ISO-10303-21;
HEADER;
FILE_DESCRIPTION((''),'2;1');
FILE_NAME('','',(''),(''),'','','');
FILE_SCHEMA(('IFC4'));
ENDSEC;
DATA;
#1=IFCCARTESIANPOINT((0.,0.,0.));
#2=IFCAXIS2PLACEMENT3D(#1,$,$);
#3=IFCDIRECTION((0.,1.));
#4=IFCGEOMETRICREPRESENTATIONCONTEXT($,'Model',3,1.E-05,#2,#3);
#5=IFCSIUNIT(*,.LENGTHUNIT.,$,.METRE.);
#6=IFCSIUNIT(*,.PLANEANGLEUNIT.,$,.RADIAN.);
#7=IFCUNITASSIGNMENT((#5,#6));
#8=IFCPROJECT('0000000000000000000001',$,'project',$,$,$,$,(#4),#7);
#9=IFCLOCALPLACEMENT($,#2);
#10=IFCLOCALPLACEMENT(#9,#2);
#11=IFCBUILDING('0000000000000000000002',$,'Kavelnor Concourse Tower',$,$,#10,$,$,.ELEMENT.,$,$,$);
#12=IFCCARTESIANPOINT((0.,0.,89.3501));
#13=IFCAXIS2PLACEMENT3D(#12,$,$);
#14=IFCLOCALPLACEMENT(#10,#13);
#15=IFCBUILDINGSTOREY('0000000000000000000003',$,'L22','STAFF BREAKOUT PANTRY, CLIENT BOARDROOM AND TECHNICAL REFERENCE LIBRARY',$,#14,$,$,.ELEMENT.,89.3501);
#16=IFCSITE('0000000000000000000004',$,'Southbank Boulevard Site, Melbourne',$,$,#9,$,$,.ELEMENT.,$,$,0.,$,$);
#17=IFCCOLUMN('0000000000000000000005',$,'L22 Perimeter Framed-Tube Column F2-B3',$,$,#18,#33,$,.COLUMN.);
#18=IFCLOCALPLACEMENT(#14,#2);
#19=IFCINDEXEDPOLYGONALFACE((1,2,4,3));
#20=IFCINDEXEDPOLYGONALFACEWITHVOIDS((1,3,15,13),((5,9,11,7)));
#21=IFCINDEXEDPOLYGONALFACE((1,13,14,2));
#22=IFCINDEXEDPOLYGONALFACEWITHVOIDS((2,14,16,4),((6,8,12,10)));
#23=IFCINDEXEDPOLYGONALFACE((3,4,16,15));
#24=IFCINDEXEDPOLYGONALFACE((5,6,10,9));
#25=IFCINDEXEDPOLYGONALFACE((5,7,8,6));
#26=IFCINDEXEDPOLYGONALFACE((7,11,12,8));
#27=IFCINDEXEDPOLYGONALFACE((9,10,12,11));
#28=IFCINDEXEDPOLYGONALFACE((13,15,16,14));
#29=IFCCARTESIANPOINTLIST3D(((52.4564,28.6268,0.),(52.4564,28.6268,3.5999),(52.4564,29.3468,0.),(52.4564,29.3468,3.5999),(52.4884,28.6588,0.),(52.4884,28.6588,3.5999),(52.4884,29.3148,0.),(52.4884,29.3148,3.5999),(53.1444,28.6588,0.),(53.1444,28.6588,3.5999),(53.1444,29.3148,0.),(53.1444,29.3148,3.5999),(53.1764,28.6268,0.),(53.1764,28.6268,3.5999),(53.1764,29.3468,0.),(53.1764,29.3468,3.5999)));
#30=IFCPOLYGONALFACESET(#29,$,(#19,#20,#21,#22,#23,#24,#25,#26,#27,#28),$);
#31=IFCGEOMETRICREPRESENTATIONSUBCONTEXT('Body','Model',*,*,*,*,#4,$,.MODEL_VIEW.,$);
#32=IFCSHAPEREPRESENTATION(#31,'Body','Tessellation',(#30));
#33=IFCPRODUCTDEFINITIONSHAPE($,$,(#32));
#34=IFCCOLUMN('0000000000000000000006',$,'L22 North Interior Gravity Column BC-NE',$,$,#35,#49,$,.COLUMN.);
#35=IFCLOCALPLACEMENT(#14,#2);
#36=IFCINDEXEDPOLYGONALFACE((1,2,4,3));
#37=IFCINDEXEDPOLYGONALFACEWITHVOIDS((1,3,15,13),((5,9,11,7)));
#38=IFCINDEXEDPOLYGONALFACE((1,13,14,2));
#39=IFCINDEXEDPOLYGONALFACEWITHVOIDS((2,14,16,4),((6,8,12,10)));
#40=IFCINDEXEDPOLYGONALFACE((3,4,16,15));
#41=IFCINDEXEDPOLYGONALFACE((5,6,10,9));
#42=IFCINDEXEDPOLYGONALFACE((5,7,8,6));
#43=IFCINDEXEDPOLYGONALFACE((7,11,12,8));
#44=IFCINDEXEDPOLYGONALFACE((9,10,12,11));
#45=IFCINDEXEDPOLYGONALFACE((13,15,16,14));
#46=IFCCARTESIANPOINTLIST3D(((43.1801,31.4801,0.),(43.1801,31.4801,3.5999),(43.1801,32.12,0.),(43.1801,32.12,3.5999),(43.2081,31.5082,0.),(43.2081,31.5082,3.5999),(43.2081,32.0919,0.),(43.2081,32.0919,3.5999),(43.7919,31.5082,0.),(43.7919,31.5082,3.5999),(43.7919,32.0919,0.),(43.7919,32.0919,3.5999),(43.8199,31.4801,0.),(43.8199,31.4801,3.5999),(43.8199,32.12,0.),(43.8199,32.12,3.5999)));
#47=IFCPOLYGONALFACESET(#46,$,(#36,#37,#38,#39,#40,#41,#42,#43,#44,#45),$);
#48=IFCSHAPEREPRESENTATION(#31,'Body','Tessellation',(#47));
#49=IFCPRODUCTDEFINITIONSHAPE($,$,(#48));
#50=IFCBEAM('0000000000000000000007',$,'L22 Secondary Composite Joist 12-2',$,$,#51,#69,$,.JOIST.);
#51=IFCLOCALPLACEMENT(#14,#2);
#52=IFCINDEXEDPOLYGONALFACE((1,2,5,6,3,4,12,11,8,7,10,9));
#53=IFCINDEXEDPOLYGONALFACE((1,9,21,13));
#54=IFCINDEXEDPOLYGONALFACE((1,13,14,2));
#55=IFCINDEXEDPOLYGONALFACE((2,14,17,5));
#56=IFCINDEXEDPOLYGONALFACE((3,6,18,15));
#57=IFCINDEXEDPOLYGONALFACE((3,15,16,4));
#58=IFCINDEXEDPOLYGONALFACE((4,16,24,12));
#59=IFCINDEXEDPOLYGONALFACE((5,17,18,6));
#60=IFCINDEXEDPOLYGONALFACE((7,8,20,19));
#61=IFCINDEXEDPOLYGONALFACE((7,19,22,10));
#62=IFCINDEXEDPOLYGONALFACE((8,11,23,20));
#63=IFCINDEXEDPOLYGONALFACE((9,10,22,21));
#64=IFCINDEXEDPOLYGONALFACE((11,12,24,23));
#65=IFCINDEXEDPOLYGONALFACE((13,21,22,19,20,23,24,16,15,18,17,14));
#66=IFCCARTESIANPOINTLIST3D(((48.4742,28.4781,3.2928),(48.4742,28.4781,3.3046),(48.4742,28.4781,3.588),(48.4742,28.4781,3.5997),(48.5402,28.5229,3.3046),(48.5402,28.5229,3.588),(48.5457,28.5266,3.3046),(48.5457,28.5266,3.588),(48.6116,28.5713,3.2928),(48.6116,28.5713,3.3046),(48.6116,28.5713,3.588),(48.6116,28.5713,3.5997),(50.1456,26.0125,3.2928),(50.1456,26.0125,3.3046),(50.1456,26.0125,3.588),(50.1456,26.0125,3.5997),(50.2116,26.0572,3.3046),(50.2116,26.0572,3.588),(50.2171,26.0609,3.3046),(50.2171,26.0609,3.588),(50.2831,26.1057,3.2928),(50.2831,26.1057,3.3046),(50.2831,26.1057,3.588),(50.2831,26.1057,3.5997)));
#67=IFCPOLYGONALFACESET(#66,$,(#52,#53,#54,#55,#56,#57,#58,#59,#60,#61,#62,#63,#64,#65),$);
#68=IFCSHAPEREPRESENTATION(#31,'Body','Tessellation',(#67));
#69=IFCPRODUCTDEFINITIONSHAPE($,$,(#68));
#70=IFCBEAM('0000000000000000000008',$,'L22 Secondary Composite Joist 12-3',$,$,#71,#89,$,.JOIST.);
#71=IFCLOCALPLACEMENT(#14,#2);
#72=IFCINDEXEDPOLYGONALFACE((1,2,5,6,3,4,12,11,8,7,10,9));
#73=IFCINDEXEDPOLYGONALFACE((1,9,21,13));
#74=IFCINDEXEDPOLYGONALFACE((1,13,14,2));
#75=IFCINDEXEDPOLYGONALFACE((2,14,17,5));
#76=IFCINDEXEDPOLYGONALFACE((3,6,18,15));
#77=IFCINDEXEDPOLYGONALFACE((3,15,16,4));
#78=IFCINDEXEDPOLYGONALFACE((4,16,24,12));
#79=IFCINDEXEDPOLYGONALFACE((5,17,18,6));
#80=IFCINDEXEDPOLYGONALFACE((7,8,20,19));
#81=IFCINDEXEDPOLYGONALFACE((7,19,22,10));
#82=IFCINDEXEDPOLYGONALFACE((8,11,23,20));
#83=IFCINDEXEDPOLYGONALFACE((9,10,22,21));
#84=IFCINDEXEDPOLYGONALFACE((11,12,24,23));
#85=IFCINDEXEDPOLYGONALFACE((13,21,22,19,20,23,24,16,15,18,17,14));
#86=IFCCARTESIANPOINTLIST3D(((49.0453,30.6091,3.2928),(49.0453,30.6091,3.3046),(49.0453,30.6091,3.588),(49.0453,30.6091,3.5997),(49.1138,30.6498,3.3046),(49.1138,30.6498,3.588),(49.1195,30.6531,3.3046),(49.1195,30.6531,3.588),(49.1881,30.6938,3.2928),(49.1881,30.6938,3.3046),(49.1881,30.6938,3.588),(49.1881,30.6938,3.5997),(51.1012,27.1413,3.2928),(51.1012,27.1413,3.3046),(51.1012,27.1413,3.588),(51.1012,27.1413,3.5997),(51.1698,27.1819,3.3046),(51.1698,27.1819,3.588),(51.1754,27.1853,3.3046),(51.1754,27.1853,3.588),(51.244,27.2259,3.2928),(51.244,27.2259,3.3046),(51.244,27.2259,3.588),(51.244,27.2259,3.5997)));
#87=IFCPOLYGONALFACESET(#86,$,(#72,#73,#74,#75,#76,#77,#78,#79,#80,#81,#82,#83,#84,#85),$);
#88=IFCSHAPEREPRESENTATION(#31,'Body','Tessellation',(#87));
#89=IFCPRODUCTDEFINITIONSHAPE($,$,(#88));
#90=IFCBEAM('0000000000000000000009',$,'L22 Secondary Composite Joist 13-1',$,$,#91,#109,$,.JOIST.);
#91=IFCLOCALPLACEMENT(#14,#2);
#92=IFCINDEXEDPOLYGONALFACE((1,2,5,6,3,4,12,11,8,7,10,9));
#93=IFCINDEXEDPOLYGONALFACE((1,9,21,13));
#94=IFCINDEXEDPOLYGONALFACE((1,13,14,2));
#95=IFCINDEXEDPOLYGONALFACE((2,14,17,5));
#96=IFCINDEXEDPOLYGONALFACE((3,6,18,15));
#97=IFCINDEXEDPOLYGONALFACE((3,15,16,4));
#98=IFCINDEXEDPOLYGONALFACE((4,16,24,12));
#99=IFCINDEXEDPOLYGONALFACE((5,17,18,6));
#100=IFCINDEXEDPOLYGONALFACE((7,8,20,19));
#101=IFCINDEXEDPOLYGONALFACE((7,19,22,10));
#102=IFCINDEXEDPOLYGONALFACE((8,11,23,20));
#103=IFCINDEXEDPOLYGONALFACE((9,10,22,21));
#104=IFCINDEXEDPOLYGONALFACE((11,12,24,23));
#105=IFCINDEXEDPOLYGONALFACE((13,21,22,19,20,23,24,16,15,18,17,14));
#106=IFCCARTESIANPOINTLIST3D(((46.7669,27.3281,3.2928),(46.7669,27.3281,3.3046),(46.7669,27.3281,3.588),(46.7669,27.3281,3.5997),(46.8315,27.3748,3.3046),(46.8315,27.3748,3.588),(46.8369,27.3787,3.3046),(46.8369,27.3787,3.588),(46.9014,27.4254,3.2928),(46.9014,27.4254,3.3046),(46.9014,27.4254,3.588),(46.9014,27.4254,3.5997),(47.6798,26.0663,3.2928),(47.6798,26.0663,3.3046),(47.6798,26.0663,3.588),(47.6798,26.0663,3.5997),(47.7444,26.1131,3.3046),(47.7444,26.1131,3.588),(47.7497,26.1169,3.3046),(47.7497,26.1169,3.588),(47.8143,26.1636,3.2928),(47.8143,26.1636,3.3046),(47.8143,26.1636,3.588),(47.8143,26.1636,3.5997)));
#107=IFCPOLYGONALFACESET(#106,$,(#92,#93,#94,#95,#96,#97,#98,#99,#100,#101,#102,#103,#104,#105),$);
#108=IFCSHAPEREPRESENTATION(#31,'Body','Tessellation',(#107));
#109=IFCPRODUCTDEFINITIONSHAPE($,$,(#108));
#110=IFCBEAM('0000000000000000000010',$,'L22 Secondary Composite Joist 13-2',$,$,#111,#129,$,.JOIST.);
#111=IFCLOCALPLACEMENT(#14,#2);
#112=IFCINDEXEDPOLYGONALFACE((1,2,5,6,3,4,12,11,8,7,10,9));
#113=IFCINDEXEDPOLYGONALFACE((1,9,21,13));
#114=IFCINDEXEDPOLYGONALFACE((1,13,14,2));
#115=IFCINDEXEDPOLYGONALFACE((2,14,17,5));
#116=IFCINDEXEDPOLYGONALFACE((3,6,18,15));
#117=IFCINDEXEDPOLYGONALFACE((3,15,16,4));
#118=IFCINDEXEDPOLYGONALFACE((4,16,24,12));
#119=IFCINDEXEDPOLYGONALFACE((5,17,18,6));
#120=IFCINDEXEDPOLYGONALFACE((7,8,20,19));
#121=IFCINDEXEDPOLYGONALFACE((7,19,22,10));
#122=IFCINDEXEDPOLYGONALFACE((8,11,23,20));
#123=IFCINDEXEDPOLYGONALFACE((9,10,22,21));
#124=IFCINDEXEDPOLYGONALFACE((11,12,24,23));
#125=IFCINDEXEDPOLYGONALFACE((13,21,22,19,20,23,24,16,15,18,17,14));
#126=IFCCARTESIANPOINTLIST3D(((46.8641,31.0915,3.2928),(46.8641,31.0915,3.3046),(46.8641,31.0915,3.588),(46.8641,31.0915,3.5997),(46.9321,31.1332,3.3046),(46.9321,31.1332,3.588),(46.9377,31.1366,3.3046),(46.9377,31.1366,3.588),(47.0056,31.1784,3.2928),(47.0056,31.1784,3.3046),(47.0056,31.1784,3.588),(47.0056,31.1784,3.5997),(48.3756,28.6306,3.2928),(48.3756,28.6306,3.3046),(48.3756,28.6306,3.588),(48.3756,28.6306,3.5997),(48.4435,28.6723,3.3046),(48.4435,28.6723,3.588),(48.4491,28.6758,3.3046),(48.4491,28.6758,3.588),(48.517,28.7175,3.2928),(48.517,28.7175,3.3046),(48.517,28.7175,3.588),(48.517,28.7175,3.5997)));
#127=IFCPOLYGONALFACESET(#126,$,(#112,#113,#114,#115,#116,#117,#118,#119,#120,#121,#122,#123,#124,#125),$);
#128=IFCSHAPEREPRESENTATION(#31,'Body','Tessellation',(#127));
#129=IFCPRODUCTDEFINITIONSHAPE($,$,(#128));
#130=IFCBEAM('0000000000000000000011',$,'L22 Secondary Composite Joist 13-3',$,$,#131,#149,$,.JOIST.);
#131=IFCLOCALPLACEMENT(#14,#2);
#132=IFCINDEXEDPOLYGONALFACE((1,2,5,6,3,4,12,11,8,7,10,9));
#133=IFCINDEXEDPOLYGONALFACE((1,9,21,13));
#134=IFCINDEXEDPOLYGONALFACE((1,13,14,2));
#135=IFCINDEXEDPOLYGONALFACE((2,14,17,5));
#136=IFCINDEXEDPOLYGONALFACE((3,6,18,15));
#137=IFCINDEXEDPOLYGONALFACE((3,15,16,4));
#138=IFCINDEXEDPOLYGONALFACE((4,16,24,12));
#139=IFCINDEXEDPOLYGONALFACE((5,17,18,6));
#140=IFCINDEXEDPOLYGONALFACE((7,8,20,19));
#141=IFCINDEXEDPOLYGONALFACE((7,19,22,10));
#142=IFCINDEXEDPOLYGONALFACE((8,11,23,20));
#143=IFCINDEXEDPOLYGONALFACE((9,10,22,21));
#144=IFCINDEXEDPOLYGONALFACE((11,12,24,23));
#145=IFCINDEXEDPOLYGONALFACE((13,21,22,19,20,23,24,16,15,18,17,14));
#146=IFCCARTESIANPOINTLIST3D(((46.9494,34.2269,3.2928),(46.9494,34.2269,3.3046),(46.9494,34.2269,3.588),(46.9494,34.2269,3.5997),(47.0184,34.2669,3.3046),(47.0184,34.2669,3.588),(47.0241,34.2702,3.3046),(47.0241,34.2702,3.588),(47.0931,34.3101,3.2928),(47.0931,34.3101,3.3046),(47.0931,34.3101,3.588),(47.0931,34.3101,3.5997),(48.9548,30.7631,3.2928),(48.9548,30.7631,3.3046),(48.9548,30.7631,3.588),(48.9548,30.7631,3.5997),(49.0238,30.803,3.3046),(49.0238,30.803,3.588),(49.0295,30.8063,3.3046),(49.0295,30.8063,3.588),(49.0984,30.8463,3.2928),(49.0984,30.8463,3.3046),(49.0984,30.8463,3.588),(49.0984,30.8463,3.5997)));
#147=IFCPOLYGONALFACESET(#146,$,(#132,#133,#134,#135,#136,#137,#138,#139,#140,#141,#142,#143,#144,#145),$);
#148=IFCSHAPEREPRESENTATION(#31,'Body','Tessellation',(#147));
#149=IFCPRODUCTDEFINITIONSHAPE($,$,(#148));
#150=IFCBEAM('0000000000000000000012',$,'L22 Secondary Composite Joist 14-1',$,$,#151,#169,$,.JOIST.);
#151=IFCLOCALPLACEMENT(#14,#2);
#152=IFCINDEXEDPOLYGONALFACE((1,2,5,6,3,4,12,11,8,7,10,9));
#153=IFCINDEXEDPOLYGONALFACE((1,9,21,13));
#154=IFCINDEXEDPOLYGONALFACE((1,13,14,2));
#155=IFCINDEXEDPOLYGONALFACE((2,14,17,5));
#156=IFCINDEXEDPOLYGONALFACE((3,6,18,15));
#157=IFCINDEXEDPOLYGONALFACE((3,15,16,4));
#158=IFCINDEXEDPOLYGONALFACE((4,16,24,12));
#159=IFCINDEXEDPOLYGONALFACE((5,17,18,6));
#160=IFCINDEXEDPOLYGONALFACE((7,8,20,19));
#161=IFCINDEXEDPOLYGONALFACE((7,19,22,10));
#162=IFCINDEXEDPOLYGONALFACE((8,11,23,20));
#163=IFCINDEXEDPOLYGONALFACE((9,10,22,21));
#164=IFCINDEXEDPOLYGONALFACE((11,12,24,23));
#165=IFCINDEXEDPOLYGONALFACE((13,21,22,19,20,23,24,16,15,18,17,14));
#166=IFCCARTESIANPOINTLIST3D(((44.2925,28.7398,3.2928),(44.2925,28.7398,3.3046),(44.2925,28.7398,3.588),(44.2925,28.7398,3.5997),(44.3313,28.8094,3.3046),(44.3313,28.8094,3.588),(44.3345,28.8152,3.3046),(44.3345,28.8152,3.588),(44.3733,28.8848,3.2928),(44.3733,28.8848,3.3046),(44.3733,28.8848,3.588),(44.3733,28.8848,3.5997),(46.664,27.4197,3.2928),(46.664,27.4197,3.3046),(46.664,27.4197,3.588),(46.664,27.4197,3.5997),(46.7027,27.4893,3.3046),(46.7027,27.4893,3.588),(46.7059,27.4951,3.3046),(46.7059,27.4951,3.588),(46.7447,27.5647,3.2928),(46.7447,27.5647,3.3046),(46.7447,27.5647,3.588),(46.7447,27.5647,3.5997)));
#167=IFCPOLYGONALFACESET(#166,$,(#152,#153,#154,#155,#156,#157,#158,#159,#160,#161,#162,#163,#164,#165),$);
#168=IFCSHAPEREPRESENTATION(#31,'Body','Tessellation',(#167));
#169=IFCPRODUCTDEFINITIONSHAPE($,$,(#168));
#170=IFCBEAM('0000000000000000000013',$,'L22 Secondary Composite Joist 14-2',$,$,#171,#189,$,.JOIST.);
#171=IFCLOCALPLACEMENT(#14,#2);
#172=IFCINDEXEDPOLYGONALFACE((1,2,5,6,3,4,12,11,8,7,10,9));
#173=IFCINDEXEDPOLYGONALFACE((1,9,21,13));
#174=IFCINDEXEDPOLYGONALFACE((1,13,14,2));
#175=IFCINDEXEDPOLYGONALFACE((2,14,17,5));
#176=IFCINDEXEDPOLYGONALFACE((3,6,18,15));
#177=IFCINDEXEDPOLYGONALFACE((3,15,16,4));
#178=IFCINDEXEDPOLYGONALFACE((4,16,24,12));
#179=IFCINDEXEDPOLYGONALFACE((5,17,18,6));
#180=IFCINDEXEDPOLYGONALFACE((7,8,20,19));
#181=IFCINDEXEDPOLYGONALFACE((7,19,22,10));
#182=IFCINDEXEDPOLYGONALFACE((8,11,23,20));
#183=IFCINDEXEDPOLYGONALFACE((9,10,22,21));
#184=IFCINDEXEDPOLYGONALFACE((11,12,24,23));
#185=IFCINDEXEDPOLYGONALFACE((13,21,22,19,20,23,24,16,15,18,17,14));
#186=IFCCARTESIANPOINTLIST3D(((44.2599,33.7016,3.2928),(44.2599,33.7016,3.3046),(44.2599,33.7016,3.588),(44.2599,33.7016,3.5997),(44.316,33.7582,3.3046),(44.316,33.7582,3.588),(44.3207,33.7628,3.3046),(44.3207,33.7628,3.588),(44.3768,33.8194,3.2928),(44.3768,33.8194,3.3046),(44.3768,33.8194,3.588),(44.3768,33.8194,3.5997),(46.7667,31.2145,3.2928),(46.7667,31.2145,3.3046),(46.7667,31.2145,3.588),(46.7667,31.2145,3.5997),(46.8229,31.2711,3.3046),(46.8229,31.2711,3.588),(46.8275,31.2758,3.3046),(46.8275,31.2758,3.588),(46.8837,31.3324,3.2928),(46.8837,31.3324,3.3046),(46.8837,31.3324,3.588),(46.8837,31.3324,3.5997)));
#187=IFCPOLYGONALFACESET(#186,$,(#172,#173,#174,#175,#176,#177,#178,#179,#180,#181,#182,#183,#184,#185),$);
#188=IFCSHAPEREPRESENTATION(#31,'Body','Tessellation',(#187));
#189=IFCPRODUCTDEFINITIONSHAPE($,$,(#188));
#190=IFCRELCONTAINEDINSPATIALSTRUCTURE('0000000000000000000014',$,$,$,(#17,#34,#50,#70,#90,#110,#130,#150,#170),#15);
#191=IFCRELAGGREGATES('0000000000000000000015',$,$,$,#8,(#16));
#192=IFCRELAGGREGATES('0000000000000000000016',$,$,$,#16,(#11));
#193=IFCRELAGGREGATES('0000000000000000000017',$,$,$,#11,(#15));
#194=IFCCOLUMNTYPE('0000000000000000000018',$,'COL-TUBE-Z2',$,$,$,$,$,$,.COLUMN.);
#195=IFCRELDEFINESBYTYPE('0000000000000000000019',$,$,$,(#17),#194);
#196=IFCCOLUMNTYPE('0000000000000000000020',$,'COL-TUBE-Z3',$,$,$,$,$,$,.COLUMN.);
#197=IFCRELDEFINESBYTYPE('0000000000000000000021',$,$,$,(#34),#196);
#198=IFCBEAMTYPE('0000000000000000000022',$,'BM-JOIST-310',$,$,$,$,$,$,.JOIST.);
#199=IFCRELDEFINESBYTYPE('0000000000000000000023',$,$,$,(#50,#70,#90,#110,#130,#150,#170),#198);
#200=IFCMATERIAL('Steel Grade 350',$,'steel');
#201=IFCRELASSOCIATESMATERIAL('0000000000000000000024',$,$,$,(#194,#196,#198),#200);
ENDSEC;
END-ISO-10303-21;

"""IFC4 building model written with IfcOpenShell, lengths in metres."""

from ifc_helpers import new_model, si_unit, direction, frame, origin, origin_2d, place, context, subcontext, project, spatial, hollow_rectangle, i_section, extrude, material, material_profile, profile_set, type_object, element, save


model = new_model("IFC4")

# Units and contexts
model_context = context("Model", 3, precision=1e-05, world=origin(), true_north=direction((0.0, 1.0)))
body_context = subcontext(model_context, "Body", "Model", "MODEL_VIEW")
ifc_project = project(units=[si_unit("LENGTHUNIT", "METRE"), si_unit("PLANEANGLEUNIT", "RADIAN")], contexts=[model_context])

# Site, building, storey
site_placement = place(None, origin())
site = spatial("IfcSite", under=ifc_project, at=site_placement, Name="Southbank Boulevard Site, Melbourne", CompositionType="ELEMENT", RefElevation=0.0)
building_placement = place(site_placement, origin())
building = spatial("IfcBuilding", under=site, at=building_placement, Name="Kavelnor Concourse Tower", CompositionType="ELEMENT")
storey_placement = place(building_placement, frame((0.0, 0.0, 89.3501)))
storey = spatial("IfcBuildingStorey", under=building, at=storey_placement, Name="L22", Description="STAFF BREAKOUT PANTRY, CLIENT BOARDROOM AND TECHNICAL REFERENCE LIBRARY", CompositionType="ELEMENT", Elevation=89.3501)

# Columns
ifc_material_1 = material(Name="Steel Grade 350", Category="steel")
ifc_material_profile_1 = material_profile(ifc_material_1, hollow_rectangle(XDim=0.72, YDim=0.72, WallThickness=0.032, at=origin_2d()), Name="SHS 720x720x32")
ifc_profile_set_1 = profile_set([ifc_material_profile_1], Name="Steel Grade 350")
column_type_1 = type_object("IfcColumnType", Name="COL-TUBE-Z2", PredefinedType="COLUMN", material=ifc_profile_set_1)
column_1_placement = place(storey_placement, frame((52.8164, 28.9868, 0.0), z_axis=(0.0, 0.0, 1.0), x_axis=(1.0, 0.0, 0.0)))
element("IfcColumn", 1, at=column_1_placement, inside=storey, type_object=column_type_1, Name="L22 Perimeter Framed-Tube Column F2-B3", PredefinedType="COLUMN", context=body_context, shape_type="SweptSolid", body=[
    extrude(hollow_rectangle(XDim=0.72, YDim=0.72, WallThickness=0.032, at=origin_2d()), origin(), (0.0, 0.0, 1.0), 3.5999),
])
ifc_material_profile_2 = material_profile(ifc_material_1, hollow_rectangle(XDim=0.6399, YDim=0.6399, WallThickness=0.0281, at=origin_2d()), Name="SHS 640x640x28")
ifc_profile_set_2 = profile_set([ifc_material_profile_2], Name="Steel Grade 350")
column_type_2 = type_object("IfcColumnType", Name="COL-TUBE-Z3", PredefinedType="COLUMN", material=ifc_profile_set_2)
column_2_placement = place(storey_placement, frame((43.5, 31.8, 0.0), z_axis=(0.0, 0.0, 1.0), x_axis=(1.0, 0.0, 0.0)))
element("IfcColumn", 2, at=column_2_placement, inside=storey, type_object=column_type_2, Name="L22 North Interior Gravity Column BC-NE", PredefinedType="COLUMN", context=body_context, shape_type="SweptSolid", body=[
    extrude(hollow_rectangle(XDim=0.6399, YDim=0.6399, WallThickness=0.0281, at=origin_2d()), origin(), (0.0, 0.0, 1.0), 3.5999),
])

# Beams
ifc_material_profile_3 = material_profile(ifc_material_1, i_section(OverallWidth=0.166, OverallDepth=0.3069, WebThickness=0.0066, FlangeThickness=0.0117, at=origin_2d()), Name="310UB46")
ifc_profile_set_3 = profile_set([ifc_material_profile_3], Name="Steel Grade 350")
beam_type_1 = type_object("IfcBeamType", Name="BM-JOIST-310", PredefinedType="JOIST", material=ifc_profile_set_3)
beam_1_placement = place(storey_placement, frame((50.2144, 26.0591, 3.4463), z_axis=(-0.561115, 0.827738, 0.0), x_axis=(-0.827738, -0.561115, 0.0)))
element("IfcBeam", 3, at=beam_1_placement, inside=storey, type_object=beam_type_1, Name="L22 Secondary Composite Joist 12-2", PredefinedType="JOIST", context=body_context, shape_type="SweptSolid", body=[
    extrude(i_section(OverallWidth=0.166, OverallDepth=0.3069, WebThickness=0.0066, FlangeThickness=0.0117, at=origin_2d()), origin(), (0.0, 0.0, 1.0), 2.9788),
])
beam_2_placement = place(storey_placement, frame((51.1726, 27.1836, 3.4463), z_axis=(-0.509973, 0.86019, 0.0), x_axis=(-0.86019, -0.509973, 0.0)))
element("IfcBeam", 4, at=beam_2_placement, inside=storey, type_object=beam_type_1, Name="L22 Secondary Composite Joist 12-3", PredefinedType="JOIST", context=body_context, shape_type="SweptSolid", body=[
    extrude(i_section(OverallWidth=0.166, OverallDepth=0.3069, WebThickness=0.0066, FlangeThickness=0.0117, at=origin_2d()), origin(), (0.0, 0.0, 1.0), 4.0315),
])
beam_3_placement = place(storey_placement, frame((47.7471, 26.115, 3.4463), z_axis=(-0.586166, 0.810191, 0.0), x_axis=(-0.810191, -0.586166, 0.0)))
element("IfcBeam", 5, at=beam_3_placement, inside=storey, type_object=beam_type_1, Name="L22 Secondary Composite Joist 13-1", PredefinedType="JOIST", context=body_context, shape_type="SweptSolid", body=[
    extrude(i_section(OverallWidth=0.166, OverallDepth=0.3069, WebThickness=0.0066, FlangeThickness=0.0117, at=origin_2d()), origin(), (0.0, 0.0, 1.0), 1.5574),
])
beam_4_placement = place(storey_placement, frame((48.4463, 28.6741, 3.4463), z_axis=(-0.523357, 0.852114, 0.0), x_axis=(-0.852114, -0.523357, 0.0)))
element("IfcBeam", 6, at=beam_4_placement, inside=storey, type_object=beam_type_1, Name="L22 Secondary Composite Joist 13-2", PredefinedType="JOIST", context=body_context, shape_type="SweptSolid", body=[
    extrude(i_section(OverallWidth=0.166, OverallDepth=0.3069, WebThickness=0.0066, FlangeThickness=0.0117, at=origin_2d()), origin(), (0.0, 0.0, 1.0), 2.8879),
])
beam_5_placement = place(storey_placement, frame((49.0266, 30.8047, 3.4463), z_axis=(-0.501031, 0.865429, 0.0), x_axis=(-0.865429, -0.501031, 0.0)))
element("IfcBeam", 7, at=beam_5_placement, inside=storey, type_object=beam_type_1, Name="L22 Secondary Composite Joist 13-3", PredefinedType="JOIST", context=body_context, shape_type="SweptSolid", body=[
    extrude(i_section(OverallWidth=0.166, OverallDepth=0.3069, WebThickness=0.0066, FlangeThickness=0.0117, at=origin_2d()), origin(), (0.0, 0.0, 1.0), 4.0024),
])
beam_6_placement = place(storey_placement, frame((46.7043, 27.4922, 3.4463), z_axis=(-0.873741, 0.486391, 0.0), x_axis=(-0.486391, -0.873741, 0.0)))
element("IfcBeam", 8, at=beam_6_placement, inside=storey, type_object=beam_type_1, Name="L22 Secondary Composite Joist 14-1", PredefinedType="JOIST", context=body_context, shape_type="SweptSolid", body=[
    extrude(i_section(OverallWidth=0.166, OverallDepth=0.3069, WebThickness=0.0066, FlangeThickness=0.0117, at=origin_2d()), origin(), (0.0, 0.0, 1.0), 2.7141),
])
beam_7_placement = place(storey_placement, frame((46.8252, 31.2734, 3.4463), z_axis=(-0.709901, 0.704301, 0.0), x_axis=(-0.704301, -0.709901, 0.0)))
element("IfcBeam", 9, at=beam_7_placement, inside=storey, type_object=beam_type_1, Name="L22 Secondary Composite Joist 14-2", PredefinedType="JOIST", context=body_context, shape_type="SweptSolid", body=[
    extrude(i_section(OverallWidth=0.166, OverallDepth=0.3069, WebThickness=0.0066, FlangeThickness=0.0117, at=origin_2d()), origin(), (0.0, 0.0, 1.0), 3.5312),
])

save(model, "model.ifc")
